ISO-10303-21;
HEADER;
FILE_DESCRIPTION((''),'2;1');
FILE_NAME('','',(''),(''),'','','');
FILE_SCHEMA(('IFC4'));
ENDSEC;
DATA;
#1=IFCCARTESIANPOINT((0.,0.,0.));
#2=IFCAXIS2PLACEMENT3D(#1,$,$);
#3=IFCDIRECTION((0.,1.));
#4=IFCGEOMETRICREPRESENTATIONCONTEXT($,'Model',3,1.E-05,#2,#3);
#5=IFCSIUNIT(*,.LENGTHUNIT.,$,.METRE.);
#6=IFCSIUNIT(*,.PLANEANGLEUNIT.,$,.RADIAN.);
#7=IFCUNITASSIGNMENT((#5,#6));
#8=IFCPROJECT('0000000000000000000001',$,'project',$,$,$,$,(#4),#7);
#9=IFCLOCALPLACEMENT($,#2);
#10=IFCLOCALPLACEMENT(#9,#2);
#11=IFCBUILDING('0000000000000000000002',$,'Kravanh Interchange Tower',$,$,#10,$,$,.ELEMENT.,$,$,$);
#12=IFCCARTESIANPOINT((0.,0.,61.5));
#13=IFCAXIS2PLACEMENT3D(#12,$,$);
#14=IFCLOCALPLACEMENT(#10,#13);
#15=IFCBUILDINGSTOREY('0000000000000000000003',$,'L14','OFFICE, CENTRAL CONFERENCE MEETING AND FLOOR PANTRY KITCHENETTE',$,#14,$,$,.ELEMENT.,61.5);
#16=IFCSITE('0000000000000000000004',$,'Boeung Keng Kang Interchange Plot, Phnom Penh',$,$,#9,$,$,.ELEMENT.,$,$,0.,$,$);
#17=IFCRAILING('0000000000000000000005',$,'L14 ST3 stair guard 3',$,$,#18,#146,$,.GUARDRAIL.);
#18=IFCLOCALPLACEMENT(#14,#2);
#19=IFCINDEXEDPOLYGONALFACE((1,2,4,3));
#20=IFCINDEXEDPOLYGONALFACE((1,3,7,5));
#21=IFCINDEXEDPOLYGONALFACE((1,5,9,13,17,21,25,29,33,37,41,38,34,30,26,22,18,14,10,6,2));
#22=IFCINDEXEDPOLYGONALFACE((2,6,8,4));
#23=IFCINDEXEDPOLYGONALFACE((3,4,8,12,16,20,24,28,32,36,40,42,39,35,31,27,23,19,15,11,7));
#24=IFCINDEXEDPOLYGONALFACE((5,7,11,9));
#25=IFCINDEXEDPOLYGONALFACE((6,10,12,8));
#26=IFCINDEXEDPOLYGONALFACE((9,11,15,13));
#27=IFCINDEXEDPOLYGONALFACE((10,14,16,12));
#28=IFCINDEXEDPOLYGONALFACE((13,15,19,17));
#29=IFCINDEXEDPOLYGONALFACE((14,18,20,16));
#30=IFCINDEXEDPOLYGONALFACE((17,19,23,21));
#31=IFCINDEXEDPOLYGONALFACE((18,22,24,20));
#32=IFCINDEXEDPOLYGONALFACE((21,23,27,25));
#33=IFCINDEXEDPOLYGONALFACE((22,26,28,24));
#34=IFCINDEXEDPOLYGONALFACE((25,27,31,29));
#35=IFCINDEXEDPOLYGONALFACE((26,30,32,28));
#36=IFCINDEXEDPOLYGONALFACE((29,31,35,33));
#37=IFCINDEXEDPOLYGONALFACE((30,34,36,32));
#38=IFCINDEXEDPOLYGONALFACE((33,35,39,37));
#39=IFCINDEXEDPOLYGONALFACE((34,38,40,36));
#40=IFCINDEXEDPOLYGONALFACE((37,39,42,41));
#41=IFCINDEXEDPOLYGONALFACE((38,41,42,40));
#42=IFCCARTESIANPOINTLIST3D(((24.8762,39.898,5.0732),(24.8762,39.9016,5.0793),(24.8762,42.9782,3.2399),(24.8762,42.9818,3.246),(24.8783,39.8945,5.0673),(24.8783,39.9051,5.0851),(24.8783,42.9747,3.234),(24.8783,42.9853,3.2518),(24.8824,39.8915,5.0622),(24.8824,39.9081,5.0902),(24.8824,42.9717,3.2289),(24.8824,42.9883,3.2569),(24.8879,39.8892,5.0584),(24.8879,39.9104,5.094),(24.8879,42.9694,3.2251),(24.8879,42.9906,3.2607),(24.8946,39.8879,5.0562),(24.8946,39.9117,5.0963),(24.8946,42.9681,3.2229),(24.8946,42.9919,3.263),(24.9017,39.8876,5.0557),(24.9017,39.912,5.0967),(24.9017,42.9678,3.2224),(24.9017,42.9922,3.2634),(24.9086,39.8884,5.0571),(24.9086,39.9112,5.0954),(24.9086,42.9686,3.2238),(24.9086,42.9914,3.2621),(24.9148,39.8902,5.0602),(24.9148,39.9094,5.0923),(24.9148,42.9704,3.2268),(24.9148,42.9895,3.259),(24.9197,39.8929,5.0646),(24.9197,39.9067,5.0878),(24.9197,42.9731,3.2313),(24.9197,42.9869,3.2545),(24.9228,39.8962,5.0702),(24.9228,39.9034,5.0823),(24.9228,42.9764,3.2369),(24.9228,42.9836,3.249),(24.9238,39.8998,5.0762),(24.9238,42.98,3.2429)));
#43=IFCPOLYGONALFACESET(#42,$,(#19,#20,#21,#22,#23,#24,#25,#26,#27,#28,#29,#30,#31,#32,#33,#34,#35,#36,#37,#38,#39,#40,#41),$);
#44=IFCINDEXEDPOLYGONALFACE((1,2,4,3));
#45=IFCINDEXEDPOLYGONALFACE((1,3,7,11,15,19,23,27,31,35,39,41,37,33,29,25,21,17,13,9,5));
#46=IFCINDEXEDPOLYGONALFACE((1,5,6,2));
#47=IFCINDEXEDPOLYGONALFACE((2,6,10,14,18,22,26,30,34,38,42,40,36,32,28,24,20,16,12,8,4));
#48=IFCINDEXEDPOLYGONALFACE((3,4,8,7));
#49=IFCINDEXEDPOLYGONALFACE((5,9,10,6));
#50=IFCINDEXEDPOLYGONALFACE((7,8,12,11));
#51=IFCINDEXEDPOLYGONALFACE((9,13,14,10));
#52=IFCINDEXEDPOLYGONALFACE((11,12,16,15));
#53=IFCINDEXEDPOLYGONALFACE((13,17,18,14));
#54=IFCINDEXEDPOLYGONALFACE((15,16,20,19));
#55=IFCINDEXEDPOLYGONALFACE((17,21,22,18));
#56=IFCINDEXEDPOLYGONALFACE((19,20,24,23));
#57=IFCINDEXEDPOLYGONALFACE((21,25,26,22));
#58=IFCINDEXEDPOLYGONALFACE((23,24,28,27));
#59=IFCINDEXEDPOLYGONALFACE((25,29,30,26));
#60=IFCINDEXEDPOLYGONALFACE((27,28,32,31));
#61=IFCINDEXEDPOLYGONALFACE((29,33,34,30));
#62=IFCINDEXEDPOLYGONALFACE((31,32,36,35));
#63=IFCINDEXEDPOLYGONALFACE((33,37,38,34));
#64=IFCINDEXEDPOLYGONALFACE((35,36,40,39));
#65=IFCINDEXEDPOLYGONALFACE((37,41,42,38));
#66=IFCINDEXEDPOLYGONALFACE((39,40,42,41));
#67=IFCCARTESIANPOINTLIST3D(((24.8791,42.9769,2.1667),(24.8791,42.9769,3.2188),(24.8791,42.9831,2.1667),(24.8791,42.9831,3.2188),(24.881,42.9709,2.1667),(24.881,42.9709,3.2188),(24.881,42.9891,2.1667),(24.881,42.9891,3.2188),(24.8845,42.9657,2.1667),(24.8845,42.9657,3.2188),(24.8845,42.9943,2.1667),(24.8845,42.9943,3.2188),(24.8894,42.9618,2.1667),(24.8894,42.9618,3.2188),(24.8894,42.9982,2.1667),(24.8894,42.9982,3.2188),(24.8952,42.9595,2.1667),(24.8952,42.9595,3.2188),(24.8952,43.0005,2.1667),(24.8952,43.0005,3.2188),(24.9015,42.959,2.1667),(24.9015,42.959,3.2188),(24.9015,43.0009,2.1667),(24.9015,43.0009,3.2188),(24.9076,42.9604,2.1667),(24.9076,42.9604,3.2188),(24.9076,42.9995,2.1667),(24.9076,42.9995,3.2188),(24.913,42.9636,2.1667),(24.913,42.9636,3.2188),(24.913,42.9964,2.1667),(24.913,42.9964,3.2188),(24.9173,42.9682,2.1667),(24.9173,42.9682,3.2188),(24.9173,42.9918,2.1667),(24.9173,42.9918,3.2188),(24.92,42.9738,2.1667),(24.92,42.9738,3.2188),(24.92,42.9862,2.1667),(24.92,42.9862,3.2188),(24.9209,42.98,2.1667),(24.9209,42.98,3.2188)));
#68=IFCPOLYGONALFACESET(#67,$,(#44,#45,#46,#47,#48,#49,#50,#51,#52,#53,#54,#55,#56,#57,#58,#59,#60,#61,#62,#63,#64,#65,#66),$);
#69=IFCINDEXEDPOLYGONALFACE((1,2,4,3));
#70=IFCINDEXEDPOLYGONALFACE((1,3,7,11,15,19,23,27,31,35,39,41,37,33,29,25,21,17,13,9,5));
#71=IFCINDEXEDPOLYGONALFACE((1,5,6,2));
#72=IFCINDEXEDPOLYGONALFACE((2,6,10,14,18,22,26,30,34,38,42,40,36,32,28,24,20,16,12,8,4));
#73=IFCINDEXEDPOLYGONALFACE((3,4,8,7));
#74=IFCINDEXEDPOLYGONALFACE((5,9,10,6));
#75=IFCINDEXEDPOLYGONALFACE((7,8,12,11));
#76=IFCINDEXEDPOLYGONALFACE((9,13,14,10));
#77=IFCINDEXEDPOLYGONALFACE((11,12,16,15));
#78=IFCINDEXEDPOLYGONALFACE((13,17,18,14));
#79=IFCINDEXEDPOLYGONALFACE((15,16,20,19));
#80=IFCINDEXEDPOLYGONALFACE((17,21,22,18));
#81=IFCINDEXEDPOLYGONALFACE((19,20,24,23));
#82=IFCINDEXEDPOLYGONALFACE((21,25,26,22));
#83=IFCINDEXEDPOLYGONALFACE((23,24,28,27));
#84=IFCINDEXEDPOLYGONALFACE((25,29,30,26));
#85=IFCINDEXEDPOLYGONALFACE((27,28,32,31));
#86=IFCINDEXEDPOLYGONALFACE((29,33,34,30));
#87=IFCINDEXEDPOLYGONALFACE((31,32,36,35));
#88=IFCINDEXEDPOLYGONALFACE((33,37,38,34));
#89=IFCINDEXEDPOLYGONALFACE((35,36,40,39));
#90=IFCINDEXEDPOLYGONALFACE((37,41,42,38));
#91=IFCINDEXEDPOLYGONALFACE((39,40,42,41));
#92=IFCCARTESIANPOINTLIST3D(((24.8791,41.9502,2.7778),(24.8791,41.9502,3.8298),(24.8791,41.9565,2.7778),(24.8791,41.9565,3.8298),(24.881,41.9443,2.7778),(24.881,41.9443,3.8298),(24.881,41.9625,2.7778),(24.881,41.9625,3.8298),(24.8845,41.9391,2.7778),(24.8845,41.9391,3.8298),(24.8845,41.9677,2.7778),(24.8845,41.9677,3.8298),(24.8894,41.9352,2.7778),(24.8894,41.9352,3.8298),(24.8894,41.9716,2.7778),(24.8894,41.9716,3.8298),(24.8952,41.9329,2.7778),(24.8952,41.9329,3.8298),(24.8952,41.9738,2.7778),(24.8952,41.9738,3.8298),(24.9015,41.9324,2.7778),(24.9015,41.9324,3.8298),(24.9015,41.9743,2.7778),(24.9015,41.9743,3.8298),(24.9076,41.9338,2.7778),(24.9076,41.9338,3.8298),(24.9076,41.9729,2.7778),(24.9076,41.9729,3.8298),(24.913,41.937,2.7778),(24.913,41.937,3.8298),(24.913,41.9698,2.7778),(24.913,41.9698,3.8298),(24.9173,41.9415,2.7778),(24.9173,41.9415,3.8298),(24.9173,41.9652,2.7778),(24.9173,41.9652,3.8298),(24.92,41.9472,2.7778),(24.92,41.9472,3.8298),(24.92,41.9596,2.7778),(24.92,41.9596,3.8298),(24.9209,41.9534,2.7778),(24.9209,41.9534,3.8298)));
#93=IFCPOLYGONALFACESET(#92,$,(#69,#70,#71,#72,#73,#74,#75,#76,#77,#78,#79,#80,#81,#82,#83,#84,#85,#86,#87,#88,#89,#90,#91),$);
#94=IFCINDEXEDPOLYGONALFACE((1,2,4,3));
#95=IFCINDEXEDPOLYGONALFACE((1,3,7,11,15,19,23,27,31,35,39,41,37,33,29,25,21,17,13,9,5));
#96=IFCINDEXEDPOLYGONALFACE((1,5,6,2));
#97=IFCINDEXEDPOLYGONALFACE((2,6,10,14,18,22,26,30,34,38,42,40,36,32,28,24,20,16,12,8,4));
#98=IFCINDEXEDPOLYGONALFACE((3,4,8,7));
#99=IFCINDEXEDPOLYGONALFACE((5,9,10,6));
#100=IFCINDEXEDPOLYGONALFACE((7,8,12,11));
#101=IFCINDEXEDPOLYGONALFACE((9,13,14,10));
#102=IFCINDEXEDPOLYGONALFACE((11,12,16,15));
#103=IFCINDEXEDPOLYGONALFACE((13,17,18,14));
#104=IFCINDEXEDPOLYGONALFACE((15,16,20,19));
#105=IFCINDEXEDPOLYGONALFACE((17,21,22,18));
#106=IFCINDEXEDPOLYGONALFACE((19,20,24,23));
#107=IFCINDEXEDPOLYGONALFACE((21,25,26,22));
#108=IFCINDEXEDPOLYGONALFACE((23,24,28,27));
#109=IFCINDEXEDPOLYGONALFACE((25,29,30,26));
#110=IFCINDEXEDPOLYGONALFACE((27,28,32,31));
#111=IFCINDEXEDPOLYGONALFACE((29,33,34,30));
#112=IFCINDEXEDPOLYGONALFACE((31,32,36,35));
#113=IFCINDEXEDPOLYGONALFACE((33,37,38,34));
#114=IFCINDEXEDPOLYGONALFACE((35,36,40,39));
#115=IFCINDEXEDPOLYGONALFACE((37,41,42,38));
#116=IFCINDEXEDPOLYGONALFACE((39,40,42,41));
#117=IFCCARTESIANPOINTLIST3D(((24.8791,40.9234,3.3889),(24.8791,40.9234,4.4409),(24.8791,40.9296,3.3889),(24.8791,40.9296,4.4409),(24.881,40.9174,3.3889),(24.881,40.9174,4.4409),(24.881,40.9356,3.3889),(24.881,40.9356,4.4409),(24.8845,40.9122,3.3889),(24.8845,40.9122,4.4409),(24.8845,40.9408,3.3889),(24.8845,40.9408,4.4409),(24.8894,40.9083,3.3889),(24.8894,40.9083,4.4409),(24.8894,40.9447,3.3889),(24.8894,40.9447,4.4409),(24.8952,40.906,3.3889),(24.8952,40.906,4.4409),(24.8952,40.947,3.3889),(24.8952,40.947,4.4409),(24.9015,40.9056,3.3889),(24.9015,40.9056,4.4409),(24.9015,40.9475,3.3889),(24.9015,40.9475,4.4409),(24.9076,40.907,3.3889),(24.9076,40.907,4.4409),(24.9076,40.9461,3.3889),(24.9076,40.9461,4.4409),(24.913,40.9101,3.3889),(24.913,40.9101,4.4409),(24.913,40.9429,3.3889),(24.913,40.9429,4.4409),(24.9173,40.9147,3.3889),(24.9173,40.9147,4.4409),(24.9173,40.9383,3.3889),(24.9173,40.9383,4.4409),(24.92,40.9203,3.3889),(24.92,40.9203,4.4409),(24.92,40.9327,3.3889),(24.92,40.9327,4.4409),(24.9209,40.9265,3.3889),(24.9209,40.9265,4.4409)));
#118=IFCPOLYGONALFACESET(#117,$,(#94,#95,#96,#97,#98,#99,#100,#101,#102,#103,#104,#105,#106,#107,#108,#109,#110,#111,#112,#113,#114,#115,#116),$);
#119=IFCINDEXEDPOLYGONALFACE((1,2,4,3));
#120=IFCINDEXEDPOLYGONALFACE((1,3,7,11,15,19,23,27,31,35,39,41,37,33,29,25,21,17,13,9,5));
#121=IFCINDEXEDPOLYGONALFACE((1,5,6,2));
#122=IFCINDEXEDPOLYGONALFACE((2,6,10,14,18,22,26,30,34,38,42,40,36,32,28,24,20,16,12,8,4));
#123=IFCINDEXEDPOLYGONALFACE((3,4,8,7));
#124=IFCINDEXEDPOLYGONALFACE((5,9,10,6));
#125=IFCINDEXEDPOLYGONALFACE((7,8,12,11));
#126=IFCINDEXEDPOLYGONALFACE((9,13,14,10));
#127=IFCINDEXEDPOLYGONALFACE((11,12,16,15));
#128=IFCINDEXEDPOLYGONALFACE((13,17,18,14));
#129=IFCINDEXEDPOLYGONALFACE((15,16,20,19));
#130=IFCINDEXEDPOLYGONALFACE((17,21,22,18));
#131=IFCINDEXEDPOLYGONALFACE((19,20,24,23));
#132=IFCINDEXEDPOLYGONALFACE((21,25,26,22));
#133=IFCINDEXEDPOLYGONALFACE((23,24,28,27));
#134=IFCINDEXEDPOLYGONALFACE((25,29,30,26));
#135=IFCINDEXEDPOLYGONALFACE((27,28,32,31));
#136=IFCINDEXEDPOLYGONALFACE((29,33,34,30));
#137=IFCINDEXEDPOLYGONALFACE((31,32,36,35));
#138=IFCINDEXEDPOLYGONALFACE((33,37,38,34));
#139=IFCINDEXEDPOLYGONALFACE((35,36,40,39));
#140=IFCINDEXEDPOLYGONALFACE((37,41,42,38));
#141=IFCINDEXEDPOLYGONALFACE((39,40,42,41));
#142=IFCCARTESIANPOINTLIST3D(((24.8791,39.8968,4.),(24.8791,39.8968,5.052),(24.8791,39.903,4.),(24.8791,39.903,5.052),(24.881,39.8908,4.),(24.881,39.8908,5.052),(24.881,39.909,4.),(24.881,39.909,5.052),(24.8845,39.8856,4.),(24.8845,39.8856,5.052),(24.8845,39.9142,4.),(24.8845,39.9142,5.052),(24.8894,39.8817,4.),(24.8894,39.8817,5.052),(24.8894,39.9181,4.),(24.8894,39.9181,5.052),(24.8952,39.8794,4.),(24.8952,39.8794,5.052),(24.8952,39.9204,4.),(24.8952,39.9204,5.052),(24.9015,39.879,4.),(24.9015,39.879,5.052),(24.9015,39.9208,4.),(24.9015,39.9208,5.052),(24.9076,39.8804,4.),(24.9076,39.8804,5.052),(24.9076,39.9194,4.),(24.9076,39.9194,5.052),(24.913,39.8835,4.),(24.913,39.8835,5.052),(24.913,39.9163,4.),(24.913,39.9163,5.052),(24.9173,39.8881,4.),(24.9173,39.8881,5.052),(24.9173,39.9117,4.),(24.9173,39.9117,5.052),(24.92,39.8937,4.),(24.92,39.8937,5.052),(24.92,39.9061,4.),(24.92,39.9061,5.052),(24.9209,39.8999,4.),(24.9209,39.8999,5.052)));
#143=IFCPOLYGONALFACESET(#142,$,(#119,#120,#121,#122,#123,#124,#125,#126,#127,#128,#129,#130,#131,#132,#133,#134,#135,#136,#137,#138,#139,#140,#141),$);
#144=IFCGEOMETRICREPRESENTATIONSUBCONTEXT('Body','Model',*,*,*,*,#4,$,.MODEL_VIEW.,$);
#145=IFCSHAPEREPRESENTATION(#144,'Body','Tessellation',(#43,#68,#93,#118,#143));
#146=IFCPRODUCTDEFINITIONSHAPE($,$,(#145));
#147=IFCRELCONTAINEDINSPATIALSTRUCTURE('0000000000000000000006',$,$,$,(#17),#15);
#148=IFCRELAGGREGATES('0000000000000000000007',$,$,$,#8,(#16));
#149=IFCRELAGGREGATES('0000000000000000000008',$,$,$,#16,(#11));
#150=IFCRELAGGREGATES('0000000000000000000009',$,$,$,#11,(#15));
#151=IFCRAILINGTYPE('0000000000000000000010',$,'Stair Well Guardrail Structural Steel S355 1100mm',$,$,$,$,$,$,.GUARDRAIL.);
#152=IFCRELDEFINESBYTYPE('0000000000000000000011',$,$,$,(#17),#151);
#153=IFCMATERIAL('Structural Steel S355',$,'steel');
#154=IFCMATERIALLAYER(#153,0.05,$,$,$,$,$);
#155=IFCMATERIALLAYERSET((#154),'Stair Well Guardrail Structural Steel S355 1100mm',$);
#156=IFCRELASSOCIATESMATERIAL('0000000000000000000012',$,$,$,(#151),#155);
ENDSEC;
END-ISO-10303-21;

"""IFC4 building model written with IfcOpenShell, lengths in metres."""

from ifc_helpers import new_model, si_unit, direction, frame, origin, origin_2d, place, context, subcontext, project, spatial, circle, extrude, material, layer, layer_set, type_object, element, save


model = new_model("IFC4")

# Units and contexts
model_context = context("Model", 3, precision=1e-05, world=origin(), true_north=direction((0.0, 1.0)))
body_context = subcontext(model_context, "Body", "Model", "MODEL_VIEW")
ifc_project = project(units=[si_unit("LENGTHUNIT", "METRE"), si_unit("PLANEANGLEUNIT", "RADIAN")], contexts=[model_context])

# Site, building, storey
site_placement = place(None, origin())
site = spatial("IfcSite", under=ifc_project, at=site_placement, Name="Boeung Keng Kang Interchange Plot, Phnom Penh", CompositionType="ELEMENT", RefElevation=0.0)
building_placement = place(site_placement, origin())
building = spatial("IfcBuilding", under=site, at=building_placement, Name="Kravanh Interchange Tower", CompositionType="ELEMENT")
storey_placement = place(building_placement, frame((0.0, 0.0, 61.5)))
storey = spatial("IfcBuildingStorey", under=building, at=storey_placement, Name="L14", Description="OFFICE, CENTRAL CONFERENCE MEETING AND FLOOR PANTRY KITCHENETTE", CompositionType="ELEMENT", Elevation=61.5)

# Railing
ifc_material_1 = material(Name="Structural Steel S355", Category="steel")
ifc_layer_1 = layer(ifc_material_1, 0.05)
ifc_layer_set_1 = layer_set([ifc_layer_1], Name="Stair Well Guardrail Structural Steel S355 1100mm")
railing_type_1 = type_object("IfcRailingType", Name="Stair Well Guardrail Structural Steel S355 1100mm", PredefinedType="GUARDRAIL", material=ifc_layer_set_1)
railing_1_placement = place(storey_placement, frame((24.8999, 42.98, 2.1667)))
element("IfcRailing", 1, at=railing_1_placement, inside=storey, type_object=railing_type_1, Name="L14 ST3 stair guard 3", PredefinedType="GUARDRAIL", context=body_context, shape_type="SweptSolid", body=[
    extrude(circle(Radius=0.0239, at=origin_2d()), frame((0.0, 0.0, 1.0762), z_axis=(0.0, -0.859309, 0.511458), x_axis=(1.0, 0.0, 0.0)), (0.0, 0.0, 1.0), 3.5845),
    extrude(circle(Radius=0.021, at=origin_2d()), origin(), (0.0, 0.0, 1.0), 1.052),
    extrude(circle(Radius=0.021, at=origin_2d()), frame((0.0, -1.0266, 0.6111)), (0.0, 0.0, 1.0), 1.052),
    extrude(circle(Radius=0.021, at=origin_2d()), frame((0.0, -2.0535, 1.2222)), (0.0, 0.0, 1.0), 1.052),
    extrude(circle(Radius=0.021, at=origin_2d()), frame((0.0, -3.0801, 1.8333)), (0.0, 0.0, 1.0), 1.052),
])

save(model, "model.ifc")
